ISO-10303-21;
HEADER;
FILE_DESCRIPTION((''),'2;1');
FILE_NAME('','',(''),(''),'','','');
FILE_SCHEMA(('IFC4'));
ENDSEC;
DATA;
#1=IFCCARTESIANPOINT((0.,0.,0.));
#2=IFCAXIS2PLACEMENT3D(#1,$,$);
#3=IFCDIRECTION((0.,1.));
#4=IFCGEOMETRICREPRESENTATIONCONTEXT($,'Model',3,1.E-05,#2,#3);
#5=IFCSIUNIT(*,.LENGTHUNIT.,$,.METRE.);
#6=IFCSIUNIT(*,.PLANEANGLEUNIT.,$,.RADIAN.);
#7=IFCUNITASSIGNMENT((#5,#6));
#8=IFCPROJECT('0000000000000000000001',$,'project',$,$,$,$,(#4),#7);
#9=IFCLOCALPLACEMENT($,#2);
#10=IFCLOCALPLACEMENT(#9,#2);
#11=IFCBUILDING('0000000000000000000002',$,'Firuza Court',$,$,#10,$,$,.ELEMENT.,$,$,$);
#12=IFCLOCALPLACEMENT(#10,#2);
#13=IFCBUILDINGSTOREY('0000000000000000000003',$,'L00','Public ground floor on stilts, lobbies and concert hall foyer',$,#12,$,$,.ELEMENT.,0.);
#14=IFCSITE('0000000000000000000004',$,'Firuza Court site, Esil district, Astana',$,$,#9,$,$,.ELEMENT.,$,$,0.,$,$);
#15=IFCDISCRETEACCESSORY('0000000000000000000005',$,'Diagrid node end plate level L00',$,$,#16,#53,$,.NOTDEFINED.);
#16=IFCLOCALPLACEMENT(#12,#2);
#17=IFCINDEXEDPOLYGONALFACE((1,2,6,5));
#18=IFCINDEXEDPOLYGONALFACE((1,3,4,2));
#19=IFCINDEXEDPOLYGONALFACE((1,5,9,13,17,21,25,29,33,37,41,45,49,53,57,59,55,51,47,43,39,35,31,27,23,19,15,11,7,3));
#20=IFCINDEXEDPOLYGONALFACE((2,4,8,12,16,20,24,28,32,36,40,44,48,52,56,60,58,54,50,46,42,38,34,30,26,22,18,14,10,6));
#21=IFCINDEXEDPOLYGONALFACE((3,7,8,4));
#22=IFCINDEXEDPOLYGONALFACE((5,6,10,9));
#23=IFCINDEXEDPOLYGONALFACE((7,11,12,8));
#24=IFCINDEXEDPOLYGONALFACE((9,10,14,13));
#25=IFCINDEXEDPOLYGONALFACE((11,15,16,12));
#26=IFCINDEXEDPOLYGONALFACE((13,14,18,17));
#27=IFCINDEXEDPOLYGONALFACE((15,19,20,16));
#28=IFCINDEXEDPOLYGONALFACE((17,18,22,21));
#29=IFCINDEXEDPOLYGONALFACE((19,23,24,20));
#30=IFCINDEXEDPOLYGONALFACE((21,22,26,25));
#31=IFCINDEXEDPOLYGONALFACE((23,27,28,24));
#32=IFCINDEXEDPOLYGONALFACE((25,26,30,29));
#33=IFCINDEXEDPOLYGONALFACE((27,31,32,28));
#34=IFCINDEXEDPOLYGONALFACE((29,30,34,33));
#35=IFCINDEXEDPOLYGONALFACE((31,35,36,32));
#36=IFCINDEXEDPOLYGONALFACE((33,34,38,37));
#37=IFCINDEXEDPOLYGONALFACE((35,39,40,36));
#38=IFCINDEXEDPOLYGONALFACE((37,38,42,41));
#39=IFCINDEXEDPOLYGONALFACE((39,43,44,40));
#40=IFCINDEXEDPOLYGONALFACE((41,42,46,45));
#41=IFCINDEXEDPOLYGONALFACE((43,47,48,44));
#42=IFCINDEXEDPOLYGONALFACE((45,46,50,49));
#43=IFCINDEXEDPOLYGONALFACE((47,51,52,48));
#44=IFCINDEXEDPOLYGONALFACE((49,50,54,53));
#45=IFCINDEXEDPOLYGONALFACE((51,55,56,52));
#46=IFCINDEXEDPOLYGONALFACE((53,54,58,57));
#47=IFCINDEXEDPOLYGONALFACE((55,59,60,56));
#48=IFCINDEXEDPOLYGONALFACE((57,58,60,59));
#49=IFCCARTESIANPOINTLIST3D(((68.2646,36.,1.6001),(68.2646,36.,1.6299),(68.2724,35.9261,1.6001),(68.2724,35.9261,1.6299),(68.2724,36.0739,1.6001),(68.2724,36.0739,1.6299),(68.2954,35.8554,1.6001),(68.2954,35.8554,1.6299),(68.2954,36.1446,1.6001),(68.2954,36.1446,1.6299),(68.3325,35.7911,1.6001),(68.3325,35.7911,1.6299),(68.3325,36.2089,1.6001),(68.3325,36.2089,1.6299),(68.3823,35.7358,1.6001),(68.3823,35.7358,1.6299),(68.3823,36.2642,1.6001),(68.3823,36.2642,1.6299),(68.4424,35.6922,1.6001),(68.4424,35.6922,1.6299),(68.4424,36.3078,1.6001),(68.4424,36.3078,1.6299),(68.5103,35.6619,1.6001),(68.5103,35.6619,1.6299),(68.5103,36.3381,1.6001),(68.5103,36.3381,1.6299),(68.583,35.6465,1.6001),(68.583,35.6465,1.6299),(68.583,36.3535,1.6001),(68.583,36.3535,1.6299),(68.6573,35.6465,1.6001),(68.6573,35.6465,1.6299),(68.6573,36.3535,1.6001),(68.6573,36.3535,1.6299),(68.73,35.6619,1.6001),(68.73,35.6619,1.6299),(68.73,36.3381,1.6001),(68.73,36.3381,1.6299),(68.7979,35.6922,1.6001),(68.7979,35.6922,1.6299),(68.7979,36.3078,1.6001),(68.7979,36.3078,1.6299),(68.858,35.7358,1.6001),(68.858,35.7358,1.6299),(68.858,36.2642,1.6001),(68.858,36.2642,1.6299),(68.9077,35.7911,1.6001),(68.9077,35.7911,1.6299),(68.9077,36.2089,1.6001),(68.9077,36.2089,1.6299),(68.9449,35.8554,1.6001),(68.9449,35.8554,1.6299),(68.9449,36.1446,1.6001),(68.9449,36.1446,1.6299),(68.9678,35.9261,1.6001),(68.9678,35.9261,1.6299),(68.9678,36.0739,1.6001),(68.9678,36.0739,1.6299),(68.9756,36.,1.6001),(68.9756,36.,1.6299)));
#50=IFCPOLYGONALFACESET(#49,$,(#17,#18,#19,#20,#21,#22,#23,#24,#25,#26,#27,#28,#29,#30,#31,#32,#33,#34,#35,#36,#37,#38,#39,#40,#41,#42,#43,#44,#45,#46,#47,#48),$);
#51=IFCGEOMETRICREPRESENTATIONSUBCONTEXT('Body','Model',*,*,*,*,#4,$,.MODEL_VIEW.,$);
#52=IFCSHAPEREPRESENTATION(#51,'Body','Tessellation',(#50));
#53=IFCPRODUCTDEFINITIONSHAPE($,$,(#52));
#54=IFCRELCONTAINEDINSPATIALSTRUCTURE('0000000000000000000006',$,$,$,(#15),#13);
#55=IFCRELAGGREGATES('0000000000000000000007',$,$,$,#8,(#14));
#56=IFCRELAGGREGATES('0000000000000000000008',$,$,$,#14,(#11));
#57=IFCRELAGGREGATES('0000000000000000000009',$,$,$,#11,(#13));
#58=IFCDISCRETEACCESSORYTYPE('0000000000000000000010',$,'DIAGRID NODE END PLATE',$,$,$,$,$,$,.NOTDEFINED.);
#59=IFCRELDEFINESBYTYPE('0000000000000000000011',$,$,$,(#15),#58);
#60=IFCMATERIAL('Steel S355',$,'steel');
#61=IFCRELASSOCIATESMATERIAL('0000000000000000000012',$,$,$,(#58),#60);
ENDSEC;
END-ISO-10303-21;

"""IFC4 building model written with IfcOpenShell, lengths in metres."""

from ifc_helpers import new_model, si_unit, direction, frame, origin, origin_2d, place, context, subcontext, project, spatial, circle, extrude, material, material_profile, profile_set, type_object, element, save


model = new_model("IFC4")

# Units and contexts
model_context = context("Model", 3, precision=1e-05, world=origin(), true_north=direction((0.0, 1.0)))
body_context = subcontext(model_context, "Body", "Model", "MODEL_VIEW")
ifc_project = project(units=[si_unit("LENGTHUNIT", "METRE"), si_unit("PLANEANGLEUNIT", "RADIAN")], contexts=[model_context])

# Site, building, storey
site_placement = place(None, origin())
site = spatial("IfcSite", under=ifc_project, at=site_placement, Name="Firuza Court site, Esil district, Astana", CompositionType="ELEMENT", RefElevation=0.0)
building_placement = place(site_placement, origin())
building = spatial("IfcBuilding", under=site, at=building_placement, Name="Firuza Court", CompositionType="ELEMENT")
storey_placement = place(building_placement, origin())
storey = spatial("IfcBuildingStorey", under=building, at=storey_placement, Name="L00", Description="Public ground floor on stilts, lobbies and concert hall foyer", CompositionType="ELEMENT", Elevation=0.0)

# Discrete accessory
ifc_material_1 = material(Name="Steel S355", Category="steel")
ifc_material_profile_1 = material_profile(ifc_material_1, circle(Radius=0.3555, at=origin_2d()), Name="PL D711")
ifc_profile_set_1 = profile_set([ifc_material_profile_1], Name="Steel S355")
discrete_accessory_type = type_object("IfcDiscreteAccessoryType", Name="DIAGRID NODE END PLATE", PredefinedType="NOTDEFINED", material=ifc_profile_set_1)
discrete_accessory_placement = place(storey_placement, frame((68.6201, 36.0, 1.6001), z_axis=(0.0, 0.0, 1.0), x_axis=(1.0, 0.0, 0.0)))
element("IfcDiscreteAccessory", 1, at=discrete_accessory_placement, inside=storey, type_object=discrete_accessory_type, Name="Diagrid node end plate level L00", PredefinedType="NOTDEFINED", context=body_context, shape_type="SweptSolid", body=[
    extrude(circle(Radius=0.3555, at=origin_2d()), origin(), (0.0, 0.0, 1.0), 0.0298),
])

save(model, "model.ifc")
